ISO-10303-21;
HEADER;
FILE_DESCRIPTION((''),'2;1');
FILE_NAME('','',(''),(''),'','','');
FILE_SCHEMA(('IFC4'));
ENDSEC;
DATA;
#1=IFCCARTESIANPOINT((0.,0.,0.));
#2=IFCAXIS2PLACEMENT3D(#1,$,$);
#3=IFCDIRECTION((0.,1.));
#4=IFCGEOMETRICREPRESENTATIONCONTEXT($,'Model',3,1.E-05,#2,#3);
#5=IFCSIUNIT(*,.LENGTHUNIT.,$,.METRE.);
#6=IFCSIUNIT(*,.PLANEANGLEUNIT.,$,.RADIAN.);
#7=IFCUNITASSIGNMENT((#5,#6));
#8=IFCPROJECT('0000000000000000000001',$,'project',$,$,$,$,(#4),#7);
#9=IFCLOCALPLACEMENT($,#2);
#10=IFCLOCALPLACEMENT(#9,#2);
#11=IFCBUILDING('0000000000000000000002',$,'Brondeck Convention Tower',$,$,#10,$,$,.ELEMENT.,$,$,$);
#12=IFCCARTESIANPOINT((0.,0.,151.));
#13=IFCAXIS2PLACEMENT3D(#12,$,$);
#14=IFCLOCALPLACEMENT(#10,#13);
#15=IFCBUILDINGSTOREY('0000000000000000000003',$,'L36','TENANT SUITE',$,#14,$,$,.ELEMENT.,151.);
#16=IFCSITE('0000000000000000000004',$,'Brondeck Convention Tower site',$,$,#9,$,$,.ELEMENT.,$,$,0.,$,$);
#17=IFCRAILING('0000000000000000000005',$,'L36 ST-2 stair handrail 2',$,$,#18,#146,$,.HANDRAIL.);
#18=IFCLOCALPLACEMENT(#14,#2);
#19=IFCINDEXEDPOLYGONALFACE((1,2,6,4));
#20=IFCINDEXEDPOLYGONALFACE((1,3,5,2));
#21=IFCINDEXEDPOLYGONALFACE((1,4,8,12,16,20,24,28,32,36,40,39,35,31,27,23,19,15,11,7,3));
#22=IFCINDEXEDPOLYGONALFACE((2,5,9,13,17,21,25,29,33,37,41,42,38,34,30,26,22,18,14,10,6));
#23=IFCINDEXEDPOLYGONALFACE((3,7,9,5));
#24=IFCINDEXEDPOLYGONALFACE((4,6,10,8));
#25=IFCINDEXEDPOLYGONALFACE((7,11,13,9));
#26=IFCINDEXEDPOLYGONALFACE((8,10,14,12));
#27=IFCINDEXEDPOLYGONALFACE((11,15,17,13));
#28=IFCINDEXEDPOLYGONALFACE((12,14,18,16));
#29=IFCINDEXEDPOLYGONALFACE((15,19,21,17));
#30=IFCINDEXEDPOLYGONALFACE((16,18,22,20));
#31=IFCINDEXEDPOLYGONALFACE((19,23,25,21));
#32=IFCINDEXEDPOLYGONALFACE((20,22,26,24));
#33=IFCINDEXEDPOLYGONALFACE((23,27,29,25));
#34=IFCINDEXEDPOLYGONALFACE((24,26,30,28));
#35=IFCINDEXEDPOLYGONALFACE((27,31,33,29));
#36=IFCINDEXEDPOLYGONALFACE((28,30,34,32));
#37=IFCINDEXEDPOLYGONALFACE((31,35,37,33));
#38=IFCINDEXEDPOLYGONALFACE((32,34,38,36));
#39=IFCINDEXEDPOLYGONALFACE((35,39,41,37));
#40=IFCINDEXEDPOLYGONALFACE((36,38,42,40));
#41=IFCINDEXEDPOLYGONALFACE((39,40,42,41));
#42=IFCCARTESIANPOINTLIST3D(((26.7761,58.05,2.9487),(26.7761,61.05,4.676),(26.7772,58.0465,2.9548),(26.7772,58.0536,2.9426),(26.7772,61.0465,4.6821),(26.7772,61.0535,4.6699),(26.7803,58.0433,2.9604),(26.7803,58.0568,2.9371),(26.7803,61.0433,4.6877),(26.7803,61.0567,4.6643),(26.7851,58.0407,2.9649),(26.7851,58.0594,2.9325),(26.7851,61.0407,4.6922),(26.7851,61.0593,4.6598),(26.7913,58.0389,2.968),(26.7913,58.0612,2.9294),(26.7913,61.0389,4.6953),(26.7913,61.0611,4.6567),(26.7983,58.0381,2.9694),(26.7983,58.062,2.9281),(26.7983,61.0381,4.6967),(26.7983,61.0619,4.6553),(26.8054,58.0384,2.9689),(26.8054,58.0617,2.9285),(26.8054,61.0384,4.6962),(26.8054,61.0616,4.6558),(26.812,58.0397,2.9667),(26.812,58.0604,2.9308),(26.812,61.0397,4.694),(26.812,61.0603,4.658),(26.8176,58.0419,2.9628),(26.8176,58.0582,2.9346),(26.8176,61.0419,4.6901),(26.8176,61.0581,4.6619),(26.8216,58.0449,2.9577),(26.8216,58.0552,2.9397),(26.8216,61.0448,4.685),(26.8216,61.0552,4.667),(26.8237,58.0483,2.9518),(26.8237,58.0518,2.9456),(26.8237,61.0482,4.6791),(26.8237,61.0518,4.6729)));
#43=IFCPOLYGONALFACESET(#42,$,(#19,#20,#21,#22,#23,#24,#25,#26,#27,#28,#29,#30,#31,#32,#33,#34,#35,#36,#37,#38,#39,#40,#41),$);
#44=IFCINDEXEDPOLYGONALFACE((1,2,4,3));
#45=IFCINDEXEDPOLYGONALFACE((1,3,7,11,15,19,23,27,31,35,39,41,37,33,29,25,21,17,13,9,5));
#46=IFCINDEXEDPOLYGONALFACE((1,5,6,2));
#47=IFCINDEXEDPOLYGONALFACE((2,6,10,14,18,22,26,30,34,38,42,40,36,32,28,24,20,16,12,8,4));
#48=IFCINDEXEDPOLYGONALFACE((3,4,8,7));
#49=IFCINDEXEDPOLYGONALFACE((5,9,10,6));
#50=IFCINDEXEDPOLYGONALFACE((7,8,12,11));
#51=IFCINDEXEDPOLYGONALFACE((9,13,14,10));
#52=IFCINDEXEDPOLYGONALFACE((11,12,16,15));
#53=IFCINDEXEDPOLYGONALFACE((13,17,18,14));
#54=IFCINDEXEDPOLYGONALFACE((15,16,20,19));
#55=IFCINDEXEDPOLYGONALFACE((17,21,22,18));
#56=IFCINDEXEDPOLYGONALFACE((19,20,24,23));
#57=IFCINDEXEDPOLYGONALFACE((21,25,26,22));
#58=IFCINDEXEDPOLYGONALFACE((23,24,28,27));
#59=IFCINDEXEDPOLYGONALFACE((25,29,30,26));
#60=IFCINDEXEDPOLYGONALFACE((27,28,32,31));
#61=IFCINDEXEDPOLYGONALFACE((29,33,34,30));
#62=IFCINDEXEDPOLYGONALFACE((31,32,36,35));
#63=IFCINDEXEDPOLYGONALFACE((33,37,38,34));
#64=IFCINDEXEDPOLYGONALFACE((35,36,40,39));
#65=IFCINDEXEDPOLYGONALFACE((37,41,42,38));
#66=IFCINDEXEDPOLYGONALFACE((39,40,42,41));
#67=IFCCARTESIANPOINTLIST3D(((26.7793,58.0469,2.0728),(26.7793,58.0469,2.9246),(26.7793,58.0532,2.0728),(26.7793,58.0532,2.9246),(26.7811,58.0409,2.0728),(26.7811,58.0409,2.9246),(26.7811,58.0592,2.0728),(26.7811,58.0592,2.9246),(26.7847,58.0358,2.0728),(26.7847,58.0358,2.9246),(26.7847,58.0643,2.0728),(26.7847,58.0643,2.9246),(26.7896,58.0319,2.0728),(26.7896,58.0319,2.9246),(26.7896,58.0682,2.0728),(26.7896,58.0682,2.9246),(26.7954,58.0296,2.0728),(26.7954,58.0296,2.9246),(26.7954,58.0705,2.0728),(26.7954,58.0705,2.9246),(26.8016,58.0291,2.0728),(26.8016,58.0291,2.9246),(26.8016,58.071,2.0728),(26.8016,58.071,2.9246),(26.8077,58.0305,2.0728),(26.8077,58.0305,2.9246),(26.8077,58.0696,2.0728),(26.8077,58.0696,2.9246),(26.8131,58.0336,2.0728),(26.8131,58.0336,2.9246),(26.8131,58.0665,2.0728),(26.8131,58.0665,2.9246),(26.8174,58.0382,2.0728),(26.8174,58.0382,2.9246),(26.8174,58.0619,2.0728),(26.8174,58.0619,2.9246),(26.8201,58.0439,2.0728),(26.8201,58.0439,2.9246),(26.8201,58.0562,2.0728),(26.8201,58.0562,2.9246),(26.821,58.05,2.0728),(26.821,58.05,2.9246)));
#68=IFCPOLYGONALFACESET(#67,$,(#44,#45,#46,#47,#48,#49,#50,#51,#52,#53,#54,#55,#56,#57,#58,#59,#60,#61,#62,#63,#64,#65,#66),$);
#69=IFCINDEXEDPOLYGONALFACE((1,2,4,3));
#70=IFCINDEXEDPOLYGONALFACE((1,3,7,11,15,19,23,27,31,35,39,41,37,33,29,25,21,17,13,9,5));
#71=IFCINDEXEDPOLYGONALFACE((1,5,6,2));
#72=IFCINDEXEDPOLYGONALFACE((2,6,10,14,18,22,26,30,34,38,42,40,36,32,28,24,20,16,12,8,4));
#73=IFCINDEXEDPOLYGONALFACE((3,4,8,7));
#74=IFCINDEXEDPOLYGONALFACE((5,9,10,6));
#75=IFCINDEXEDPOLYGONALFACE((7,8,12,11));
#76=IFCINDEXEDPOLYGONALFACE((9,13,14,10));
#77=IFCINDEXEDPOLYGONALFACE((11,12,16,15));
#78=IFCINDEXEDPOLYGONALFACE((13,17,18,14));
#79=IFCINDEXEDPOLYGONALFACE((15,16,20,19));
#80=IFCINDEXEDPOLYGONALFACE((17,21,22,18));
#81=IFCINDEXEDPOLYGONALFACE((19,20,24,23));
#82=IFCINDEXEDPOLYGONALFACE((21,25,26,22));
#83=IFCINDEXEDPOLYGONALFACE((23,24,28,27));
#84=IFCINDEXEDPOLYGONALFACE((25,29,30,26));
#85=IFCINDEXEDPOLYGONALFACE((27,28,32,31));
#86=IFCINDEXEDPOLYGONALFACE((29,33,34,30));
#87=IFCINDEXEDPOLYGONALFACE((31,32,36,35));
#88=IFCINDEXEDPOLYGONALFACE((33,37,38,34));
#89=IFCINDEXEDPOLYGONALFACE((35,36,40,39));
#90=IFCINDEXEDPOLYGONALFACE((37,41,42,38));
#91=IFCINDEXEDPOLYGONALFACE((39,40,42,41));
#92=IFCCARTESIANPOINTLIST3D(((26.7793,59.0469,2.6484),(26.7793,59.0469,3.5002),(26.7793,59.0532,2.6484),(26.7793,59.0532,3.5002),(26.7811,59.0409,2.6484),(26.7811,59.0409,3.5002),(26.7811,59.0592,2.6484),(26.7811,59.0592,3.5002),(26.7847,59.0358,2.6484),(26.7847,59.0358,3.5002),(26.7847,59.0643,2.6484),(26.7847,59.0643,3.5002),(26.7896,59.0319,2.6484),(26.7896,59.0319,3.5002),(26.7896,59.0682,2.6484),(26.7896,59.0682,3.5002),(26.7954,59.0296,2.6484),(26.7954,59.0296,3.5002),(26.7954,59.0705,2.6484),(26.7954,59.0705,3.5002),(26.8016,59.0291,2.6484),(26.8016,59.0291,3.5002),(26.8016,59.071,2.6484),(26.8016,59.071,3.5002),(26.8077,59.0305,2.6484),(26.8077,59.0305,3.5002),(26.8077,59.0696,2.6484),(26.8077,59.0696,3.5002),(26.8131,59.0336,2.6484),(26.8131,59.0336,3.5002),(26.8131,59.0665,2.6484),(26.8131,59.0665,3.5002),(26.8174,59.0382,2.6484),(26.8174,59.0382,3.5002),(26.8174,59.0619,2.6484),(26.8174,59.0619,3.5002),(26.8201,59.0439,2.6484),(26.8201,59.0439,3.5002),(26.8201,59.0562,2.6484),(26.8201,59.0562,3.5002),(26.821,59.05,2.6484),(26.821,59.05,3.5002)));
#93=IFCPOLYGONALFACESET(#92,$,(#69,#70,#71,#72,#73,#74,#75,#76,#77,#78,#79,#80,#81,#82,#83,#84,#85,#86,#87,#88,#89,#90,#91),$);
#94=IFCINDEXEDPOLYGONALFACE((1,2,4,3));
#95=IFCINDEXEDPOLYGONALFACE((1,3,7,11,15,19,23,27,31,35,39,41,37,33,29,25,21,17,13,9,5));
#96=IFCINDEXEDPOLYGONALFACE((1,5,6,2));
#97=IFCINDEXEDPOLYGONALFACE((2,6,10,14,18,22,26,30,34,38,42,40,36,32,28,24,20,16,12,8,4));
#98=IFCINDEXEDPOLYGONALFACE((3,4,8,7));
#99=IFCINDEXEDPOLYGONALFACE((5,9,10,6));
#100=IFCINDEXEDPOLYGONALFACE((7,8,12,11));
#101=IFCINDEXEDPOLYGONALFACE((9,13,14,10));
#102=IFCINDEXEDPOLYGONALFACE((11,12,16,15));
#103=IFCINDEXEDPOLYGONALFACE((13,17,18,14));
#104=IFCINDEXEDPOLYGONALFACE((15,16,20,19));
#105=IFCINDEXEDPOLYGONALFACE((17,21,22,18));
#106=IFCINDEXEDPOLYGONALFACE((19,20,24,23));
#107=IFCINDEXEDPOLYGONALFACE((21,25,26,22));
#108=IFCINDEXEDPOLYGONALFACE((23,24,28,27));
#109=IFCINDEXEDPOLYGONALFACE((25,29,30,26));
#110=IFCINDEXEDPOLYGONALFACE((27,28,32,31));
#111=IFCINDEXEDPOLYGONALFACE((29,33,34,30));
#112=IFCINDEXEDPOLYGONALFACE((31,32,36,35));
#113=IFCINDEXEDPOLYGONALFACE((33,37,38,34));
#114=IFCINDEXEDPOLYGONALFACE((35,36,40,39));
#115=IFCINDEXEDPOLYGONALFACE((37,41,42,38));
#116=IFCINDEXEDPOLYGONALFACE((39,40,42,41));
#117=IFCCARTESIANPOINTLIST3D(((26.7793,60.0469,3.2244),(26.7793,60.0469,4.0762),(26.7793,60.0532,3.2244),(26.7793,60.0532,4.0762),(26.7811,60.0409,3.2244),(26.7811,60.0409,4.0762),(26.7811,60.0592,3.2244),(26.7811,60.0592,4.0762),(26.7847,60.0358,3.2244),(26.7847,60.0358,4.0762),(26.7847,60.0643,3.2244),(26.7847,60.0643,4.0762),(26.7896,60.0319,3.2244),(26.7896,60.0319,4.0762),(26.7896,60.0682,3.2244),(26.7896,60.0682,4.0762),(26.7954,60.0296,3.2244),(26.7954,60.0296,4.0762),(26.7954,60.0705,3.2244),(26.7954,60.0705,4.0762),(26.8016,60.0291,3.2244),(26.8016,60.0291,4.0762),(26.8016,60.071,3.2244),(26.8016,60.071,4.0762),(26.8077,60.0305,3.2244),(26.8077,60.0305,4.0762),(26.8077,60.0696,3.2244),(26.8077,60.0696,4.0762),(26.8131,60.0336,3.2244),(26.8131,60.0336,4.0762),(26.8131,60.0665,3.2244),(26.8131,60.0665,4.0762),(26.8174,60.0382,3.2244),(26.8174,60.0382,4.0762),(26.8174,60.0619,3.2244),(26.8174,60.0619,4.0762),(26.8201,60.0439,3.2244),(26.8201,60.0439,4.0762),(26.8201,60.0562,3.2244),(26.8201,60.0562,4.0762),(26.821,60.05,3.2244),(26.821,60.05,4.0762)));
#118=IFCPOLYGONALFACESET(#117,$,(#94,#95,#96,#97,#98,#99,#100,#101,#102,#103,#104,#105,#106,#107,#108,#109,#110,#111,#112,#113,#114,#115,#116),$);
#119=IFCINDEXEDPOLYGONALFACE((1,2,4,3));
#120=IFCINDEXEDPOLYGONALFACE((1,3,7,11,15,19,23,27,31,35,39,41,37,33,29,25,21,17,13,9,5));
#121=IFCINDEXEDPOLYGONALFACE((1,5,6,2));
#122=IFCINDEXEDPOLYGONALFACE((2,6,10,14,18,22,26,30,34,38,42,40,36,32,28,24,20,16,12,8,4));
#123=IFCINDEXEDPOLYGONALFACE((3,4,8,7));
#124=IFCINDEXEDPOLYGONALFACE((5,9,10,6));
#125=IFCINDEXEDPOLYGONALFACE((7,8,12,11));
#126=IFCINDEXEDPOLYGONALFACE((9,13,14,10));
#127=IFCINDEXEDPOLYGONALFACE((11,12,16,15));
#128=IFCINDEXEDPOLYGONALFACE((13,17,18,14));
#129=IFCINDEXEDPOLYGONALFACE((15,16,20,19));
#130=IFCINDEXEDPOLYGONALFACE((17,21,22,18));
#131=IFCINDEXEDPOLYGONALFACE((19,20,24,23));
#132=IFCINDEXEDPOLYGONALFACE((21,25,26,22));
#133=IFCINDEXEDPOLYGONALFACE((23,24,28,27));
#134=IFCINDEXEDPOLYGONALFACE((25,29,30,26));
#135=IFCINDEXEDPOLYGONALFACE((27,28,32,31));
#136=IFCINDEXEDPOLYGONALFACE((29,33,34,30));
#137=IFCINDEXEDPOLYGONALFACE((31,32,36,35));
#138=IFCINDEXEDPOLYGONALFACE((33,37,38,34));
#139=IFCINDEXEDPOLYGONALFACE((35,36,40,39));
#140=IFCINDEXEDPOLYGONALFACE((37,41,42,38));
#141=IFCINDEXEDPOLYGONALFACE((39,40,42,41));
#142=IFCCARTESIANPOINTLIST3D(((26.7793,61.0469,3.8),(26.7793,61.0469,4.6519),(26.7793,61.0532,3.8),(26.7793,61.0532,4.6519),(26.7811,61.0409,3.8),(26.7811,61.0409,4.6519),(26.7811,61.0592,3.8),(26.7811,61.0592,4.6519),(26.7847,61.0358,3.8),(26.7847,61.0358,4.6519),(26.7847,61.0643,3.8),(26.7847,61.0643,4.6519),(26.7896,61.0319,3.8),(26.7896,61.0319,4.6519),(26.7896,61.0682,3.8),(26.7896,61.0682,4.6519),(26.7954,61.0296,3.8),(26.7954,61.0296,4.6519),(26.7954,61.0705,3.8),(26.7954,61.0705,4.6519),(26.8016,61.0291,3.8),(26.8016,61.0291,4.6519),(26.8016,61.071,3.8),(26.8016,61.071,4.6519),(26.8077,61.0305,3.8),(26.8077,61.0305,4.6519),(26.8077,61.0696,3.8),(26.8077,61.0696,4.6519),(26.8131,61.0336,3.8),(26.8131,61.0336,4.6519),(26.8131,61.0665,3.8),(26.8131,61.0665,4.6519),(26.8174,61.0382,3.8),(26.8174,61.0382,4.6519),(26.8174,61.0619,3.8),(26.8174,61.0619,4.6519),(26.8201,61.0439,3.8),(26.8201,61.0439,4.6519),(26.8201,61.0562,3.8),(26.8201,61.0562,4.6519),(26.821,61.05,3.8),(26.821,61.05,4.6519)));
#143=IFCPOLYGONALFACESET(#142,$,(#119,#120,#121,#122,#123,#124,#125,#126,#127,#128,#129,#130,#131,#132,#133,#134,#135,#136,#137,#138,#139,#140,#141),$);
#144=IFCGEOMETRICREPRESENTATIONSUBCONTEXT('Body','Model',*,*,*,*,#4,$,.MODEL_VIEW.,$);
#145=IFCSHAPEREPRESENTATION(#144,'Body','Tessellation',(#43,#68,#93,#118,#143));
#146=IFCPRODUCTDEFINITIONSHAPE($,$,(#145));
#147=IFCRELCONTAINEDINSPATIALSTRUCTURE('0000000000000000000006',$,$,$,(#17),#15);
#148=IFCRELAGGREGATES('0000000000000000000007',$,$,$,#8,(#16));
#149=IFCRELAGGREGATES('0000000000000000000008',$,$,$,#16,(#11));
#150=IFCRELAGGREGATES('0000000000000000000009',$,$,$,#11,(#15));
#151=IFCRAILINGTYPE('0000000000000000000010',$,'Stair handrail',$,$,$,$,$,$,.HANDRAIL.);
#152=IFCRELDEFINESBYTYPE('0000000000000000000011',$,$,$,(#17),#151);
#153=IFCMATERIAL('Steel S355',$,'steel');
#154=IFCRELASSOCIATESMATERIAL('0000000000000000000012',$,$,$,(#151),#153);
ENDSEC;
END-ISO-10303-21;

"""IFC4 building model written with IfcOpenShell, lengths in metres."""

from ifc_helpers import new_model, si_unit, direction, frame, origin, origin_2d, place, context, subcontext, project, spatial, circle, extrude, material, type_object, element, save


model = new_model("IFC4")

# Units and contexts
model_context = context("Model", 3, precision=1e-05, world=origin(), true_north=direction((0.0, 1.0)))
body_context = subcontext(model_context, "Body", "Model", "MODEL_VIEW")
ifc_project = project(units=[si_unit("LENGTHUNIT", "METRE"), si_unit("PLANEANGLEUNIT", "RADIAN")], contexts=[model_context])

# Site, building, storey
site_placement = place(None, origin())
site = spatial("IfcSite", under=ifc_project, at=site_placement, Name="Brondeck Convention Tower site", CompositionType="ELEMENT", RefElevation=0.0)
building_placement = place(site_placement, origin())
building = spatial("IfcBuilding", under=site, at=building_placement, Name="Brondeck Convention Tower", CompositionType="ELEMENT")
storey_placement = place(building_placement, frame((0.0, 0.0, 151.0)))
storey = spatial("IfcBuildingStorey", under=building, at=storey_placement, Name="L36", Description="TENANT SUITE", CompositionType="ELEMENT", Elevation=151.0)

# Railing
ifc_material_1 = material(Name="Steel S355", Category="steel")
railing_type_1 = type_object("IfcRailingType", Name="Stair handrail", PredefinedType="HANDRAIL", material=ifc_material_1)
railing_1_placement = place(storey_placement, frame((26.8, 58.05, 2.0728)))
element("IfcRailing", 1, at=railing_1_placement, inside=storey, type_object=railing_type_1, Name="L36 ST-2 stair handrail 2", PredefinedType="HANDRAIL", context=body_context, shape_type="SweptSolid", body=[
    extrude(circle(Radius=0.0239, at=origin_2d()), frame((0.0, 0.0, 0.876), z_axis=(0.0, 0.86662, 0.498969), x_axis=(-1.0, 0.0, 0.0)), (0.0, 0.0, 1.0), 3.4617),
    extrude(circle(Radius=0.021, at=origin_2d()), origin(), (0.0, 0.0, 1.0), 0.8518),
    extrude(circle(Radius=0.021, at=origin_2d()), frame((0.0, 1.0, 0.5757)), (0.0, 0.0, 1.0), 0.8518),
    extrude(circle(Radius=0.021, at=origin_2d()), frame((0.0, 2.0, 1.1516)), (0.0, 0.0, 1.0), 0.8518),
    extrude(circle(Radius=0.021, at=origin_2d()), frame((0.0, 3.0, 1.7273)), (0.0, 0.0, 1.0), 0.8518),
])

save(model, "model.ifc")
